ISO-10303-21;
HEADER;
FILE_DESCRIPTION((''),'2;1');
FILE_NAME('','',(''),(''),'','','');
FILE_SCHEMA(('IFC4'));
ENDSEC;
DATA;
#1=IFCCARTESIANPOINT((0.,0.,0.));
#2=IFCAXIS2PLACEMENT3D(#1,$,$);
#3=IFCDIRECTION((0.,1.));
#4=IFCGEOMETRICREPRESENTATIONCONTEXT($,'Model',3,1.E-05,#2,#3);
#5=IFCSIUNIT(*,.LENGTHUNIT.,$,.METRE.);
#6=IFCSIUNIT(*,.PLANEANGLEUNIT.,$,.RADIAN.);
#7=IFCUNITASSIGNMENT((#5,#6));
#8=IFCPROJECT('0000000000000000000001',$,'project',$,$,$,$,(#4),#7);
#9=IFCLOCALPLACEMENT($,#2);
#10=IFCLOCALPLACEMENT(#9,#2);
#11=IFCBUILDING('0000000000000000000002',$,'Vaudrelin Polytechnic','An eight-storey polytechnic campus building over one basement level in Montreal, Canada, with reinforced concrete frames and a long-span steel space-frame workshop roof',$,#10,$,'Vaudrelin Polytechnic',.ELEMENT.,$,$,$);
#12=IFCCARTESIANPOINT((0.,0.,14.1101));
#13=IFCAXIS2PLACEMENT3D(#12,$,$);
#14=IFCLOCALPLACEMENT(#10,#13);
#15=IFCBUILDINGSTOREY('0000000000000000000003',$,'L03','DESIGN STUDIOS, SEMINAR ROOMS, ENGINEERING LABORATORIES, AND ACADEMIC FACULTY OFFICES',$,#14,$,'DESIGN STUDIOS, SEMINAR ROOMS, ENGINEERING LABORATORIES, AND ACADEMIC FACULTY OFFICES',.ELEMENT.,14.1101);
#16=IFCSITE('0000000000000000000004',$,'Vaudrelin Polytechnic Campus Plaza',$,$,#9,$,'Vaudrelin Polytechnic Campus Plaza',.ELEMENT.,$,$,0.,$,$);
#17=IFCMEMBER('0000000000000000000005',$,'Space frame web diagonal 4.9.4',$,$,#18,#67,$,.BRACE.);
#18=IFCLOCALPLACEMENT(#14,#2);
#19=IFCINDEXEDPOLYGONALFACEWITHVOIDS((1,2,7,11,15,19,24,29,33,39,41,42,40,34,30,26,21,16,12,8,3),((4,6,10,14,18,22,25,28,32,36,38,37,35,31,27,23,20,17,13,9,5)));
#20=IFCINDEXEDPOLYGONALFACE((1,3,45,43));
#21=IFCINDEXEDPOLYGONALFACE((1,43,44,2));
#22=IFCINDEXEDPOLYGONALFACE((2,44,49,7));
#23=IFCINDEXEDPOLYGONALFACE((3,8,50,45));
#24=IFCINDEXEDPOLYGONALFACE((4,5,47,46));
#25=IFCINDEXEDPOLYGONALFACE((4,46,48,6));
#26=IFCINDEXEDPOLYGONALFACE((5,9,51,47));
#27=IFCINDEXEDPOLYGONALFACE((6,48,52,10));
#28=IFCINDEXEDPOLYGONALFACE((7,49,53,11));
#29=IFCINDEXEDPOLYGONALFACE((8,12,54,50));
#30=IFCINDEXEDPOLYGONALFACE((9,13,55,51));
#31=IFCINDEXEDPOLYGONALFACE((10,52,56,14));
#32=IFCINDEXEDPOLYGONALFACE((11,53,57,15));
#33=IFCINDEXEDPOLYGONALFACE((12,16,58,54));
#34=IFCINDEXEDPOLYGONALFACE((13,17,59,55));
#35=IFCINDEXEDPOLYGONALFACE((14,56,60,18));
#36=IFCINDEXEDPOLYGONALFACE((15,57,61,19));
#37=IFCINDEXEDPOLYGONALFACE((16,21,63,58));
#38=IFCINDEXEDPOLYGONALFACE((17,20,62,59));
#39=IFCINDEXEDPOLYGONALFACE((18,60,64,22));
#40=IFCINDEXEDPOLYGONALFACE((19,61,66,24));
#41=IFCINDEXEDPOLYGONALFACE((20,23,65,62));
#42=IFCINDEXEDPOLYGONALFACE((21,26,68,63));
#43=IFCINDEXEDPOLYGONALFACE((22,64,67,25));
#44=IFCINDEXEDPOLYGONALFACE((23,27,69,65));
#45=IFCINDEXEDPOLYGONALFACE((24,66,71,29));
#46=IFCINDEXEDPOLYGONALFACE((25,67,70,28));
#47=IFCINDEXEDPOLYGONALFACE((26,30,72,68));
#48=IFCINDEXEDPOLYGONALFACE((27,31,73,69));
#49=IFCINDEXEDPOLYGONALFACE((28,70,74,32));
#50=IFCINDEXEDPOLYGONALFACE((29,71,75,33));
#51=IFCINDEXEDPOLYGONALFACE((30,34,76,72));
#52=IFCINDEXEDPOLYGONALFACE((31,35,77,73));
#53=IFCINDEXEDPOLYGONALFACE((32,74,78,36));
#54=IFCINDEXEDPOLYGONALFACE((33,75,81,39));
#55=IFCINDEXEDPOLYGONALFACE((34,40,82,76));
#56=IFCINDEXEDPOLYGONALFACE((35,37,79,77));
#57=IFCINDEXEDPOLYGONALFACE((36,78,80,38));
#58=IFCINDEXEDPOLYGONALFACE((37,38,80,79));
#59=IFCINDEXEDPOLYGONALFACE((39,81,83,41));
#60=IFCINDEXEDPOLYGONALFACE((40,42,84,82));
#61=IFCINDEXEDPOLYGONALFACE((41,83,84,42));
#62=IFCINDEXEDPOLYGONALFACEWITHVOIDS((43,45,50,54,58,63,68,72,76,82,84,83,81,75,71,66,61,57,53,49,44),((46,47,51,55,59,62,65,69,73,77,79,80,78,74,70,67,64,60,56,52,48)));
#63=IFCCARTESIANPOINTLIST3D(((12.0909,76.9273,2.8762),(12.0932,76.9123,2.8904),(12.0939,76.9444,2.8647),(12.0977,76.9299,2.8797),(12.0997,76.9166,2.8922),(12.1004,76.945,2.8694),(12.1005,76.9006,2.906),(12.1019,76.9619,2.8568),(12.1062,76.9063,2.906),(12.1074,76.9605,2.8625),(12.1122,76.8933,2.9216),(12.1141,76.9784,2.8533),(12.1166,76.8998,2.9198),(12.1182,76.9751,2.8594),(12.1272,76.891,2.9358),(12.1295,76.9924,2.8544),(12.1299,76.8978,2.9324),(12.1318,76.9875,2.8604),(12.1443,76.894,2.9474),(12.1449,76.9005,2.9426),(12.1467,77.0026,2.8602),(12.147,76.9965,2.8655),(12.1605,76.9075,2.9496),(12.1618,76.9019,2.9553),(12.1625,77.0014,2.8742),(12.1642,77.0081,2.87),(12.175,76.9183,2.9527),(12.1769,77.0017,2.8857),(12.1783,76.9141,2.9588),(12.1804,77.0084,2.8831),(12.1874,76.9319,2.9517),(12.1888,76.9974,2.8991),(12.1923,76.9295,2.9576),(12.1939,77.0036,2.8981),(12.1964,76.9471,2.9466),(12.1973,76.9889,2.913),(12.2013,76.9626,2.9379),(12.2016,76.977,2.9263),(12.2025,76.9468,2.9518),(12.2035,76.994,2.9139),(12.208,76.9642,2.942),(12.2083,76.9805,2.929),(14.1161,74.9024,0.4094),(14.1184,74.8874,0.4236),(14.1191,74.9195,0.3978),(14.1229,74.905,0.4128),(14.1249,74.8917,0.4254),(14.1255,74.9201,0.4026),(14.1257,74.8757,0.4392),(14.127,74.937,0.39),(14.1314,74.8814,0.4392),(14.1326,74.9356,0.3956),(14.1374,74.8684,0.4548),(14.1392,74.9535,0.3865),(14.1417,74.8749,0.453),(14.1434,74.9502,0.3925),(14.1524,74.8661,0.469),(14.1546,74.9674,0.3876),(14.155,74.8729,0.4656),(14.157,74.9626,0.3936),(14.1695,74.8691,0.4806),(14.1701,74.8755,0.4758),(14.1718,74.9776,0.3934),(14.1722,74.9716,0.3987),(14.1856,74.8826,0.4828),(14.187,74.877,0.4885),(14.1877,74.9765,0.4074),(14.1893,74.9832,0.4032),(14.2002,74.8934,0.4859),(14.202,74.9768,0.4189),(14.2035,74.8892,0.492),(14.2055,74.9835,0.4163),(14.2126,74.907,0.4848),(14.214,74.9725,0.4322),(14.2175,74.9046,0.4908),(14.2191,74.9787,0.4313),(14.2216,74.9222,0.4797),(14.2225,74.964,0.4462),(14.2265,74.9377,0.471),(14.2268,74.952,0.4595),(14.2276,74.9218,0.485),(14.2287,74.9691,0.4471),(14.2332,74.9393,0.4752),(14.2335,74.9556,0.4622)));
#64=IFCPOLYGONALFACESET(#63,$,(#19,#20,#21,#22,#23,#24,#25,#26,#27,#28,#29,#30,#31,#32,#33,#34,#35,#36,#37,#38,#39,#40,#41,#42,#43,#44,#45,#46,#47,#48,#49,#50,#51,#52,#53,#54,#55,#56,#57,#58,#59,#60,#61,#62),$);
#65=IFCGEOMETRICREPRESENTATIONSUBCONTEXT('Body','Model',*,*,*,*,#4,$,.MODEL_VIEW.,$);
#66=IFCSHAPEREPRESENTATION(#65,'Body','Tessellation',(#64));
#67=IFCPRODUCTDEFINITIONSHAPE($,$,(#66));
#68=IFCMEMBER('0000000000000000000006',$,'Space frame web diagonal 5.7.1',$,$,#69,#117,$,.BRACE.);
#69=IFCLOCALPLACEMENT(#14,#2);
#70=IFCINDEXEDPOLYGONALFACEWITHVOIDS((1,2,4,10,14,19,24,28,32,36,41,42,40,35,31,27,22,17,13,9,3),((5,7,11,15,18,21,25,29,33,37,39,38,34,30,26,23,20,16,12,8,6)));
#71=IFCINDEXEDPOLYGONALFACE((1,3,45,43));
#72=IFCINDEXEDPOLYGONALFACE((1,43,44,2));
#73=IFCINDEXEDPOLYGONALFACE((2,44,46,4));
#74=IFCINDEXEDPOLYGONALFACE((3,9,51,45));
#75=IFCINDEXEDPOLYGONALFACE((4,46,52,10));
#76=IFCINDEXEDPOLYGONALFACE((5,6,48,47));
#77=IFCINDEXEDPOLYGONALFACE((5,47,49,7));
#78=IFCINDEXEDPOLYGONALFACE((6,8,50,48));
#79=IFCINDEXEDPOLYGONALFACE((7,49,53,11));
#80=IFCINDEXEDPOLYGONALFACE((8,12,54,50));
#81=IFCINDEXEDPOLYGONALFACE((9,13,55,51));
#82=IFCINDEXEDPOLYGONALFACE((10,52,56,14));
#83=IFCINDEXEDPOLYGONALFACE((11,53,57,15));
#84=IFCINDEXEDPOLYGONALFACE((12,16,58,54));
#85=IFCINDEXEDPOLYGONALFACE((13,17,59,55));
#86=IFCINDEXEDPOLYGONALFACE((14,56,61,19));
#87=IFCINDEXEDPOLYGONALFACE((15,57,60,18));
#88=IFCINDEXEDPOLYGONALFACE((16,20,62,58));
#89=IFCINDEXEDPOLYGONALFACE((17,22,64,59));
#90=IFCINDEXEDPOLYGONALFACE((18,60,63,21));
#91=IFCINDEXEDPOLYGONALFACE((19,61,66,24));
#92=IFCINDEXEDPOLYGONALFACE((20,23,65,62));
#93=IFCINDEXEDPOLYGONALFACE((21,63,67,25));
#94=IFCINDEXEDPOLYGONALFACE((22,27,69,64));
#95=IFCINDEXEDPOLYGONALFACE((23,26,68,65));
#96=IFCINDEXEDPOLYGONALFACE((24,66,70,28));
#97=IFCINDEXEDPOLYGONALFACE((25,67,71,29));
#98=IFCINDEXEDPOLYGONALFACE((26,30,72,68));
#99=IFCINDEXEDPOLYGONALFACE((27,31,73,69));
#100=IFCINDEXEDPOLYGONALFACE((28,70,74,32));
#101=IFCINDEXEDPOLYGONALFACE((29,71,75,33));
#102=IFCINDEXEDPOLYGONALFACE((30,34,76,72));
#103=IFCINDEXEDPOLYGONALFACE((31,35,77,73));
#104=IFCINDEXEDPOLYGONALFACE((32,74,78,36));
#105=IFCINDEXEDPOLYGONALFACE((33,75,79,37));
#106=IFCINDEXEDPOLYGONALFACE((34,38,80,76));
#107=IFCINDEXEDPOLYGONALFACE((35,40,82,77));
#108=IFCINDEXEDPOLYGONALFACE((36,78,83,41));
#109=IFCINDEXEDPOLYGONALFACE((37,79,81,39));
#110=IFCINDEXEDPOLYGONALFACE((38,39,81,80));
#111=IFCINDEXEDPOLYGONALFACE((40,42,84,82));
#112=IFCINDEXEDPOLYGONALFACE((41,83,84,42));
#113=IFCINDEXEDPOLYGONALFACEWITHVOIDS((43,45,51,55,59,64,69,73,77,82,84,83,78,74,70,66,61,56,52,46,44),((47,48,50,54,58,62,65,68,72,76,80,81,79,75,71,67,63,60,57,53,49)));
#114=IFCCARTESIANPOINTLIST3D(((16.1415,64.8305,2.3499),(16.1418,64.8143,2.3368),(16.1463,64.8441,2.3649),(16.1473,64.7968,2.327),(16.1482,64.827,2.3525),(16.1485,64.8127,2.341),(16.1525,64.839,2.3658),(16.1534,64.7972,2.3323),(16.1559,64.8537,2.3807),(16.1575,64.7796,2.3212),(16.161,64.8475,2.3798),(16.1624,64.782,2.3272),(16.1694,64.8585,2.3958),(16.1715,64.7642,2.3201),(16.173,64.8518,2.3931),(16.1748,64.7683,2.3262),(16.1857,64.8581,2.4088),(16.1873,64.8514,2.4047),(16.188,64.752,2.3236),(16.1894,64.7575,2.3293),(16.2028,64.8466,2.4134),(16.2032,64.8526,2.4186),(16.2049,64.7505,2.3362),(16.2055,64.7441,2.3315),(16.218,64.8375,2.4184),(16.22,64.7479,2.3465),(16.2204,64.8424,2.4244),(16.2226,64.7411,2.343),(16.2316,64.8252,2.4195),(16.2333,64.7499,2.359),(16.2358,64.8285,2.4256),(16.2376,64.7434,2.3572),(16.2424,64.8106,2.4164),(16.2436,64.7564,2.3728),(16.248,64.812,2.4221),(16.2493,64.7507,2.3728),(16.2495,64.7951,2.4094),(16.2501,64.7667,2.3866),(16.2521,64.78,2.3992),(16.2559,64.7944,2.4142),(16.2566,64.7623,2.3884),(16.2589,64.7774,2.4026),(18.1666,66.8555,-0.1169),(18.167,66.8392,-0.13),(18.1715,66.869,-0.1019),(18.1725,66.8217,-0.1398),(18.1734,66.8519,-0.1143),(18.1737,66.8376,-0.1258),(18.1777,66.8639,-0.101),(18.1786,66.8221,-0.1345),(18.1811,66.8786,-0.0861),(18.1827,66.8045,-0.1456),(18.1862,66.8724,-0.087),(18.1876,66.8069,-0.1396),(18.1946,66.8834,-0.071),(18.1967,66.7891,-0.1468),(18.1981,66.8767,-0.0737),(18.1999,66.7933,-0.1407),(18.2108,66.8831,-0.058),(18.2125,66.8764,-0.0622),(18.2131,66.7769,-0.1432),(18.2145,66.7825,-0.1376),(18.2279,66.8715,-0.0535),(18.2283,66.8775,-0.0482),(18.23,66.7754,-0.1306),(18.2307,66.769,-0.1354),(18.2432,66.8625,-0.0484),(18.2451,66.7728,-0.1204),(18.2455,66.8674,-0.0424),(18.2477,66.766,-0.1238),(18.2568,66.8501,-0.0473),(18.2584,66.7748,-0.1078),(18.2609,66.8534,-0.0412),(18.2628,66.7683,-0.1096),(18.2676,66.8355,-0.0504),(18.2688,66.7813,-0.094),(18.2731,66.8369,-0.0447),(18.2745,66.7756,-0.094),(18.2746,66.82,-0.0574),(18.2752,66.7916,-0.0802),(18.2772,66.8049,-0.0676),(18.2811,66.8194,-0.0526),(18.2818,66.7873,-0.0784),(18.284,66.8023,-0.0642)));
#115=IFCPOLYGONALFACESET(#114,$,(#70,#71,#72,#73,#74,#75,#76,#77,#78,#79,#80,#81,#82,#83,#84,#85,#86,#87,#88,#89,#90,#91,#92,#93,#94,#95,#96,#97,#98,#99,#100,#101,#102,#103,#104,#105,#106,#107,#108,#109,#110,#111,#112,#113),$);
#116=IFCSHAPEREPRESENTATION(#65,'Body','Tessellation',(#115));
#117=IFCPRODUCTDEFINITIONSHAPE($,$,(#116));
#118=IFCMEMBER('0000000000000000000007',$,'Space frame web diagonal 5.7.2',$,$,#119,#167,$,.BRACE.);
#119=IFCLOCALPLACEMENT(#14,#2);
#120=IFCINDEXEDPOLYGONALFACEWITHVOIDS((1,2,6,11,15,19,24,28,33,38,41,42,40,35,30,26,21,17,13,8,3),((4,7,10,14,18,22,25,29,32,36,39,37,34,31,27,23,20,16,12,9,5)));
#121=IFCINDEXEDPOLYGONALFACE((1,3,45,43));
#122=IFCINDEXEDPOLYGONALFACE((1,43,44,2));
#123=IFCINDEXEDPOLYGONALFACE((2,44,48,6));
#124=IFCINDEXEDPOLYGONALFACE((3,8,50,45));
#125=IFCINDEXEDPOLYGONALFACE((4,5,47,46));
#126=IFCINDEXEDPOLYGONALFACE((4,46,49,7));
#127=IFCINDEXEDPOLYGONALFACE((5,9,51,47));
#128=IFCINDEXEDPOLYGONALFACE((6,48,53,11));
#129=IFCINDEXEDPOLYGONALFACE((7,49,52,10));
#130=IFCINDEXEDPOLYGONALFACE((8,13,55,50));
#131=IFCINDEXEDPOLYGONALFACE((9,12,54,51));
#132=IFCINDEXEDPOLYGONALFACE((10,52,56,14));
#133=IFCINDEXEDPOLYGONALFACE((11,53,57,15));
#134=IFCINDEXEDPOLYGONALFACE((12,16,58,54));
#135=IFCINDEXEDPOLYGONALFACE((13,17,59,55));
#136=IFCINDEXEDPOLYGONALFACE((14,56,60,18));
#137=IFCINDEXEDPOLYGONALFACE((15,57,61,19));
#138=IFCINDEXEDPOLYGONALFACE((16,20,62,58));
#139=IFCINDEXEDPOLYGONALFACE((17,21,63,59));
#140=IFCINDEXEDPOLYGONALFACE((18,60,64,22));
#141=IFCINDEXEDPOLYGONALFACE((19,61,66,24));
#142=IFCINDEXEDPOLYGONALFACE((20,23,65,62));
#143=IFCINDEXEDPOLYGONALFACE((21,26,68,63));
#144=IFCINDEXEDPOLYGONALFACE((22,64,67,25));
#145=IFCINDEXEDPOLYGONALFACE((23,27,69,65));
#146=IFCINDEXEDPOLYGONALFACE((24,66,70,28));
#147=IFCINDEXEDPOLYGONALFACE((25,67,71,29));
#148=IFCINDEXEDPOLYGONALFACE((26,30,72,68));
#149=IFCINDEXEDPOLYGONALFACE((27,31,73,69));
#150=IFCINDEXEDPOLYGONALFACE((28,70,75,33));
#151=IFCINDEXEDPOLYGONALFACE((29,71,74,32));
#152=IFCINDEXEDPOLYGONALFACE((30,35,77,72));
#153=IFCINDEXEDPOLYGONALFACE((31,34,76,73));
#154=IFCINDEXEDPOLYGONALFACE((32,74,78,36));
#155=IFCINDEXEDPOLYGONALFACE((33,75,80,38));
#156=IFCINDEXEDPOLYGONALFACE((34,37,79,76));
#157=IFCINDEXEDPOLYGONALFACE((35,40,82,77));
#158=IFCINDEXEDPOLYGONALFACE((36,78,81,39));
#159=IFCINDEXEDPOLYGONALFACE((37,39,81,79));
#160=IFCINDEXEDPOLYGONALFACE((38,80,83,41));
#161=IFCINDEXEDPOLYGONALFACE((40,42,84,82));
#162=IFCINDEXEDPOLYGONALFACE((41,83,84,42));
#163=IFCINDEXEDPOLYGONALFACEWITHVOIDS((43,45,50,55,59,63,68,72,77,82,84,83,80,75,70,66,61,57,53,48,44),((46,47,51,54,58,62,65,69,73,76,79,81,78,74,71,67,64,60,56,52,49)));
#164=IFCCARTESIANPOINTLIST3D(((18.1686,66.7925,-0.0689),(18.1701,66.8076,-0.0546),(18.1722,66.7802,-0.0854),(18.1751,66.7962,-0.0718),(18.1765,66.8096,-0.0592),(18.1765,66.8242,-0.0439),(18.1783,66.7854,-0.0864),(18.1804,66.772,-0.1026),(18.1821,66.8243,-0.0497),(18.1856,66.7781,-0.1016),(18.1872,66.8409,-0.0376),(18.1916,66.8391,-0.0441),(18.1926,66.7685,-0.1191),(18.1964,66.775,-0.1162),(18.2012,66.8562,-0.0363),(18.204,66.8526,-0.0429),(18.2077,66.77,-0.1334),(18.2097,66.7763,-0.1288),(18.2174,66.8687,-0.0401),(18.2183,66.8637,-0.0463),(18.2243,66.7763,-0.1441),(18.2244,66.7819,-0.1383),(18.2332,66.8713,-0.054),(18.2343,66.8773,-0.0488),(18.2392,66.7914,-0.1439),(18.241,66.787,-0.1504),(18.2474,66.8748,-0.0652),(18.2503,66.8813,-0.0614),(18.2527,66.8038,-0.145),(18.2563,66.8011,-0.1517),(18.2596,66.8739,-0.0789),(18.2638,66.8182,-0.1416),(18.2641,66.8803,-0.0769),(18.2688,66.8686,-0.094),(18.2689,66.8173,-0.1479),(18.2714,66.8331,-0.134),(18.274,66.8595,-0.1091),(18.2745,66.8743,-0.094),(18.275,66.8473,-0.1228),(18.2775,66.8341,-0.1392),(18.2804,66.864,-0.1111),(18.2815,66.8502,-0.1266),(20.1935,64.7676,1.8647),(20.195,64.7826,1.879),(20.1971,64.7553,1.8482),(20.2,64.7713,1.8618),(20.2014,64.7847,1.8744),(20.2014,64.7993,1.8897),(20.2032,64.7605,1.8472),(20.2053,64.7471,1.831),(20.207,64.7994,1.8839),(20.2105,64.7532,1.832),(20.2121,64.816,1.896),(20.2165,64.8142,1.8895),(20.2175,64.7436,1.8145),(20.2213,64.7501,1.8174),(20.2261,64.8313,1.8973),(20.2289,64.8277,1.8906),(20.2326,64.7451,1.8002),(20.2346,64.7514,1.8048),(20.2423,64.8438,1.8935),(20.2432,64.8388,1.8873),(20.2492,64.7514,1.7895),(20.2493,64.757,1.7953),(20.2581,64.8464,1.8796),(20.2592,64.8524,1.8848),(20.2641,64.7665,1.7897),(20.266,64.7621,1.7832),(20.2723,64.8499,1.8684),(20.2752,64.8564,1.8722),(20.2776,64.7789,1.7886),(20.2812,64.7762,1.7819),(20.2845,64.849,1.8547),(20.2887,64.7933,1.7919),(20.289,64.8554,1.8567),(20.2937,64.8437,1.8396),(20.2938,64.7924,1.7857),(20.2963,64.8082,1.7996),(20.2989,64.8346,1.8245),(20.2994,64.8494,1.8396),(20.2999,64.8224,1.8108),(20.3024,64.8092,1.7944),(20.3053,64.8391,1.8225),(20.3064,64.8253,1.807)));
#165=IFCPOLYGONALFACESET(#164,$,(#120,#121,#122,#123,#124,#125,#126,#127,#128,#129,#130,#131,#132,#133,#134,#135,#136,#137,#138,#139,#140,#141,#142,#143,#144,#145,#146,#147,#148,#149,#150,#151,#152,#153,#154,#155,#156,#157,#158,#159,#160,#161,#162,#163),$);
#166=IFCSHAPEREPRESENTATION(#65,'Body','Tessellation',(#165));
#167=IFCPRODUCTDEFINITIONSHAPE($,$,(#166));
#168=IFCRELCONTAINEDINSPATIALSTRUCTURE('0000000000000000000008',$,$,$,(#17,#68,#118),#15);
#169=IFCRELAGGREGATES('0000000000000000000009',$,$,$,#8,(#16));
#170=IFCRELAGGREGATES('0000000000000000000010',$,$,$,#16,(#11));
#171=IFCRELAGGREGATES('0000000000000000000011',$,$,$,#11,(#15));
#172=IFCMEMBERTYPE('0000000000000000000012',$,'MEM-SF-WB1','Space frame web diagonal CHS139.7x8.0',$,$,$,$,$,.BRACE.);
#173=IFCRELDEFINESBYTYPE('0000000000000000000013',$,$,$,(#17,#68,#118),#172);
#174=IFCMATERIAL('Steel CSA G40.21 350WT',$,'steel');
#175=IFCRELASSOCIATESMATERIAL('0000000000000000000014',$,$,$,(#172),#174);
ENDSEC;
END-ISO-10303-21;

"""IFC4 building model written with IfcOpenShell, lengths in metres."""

from ifc_helpers import new_model, si_unit, direction, frame, origin, origin_2d, place, context, subcontext, project, spatial, hollow_circle, extrude, material, material_profile, profile_set, type_object, element, save


model = new_model("IFC4")

# Units and contexts
model_context = context("Model", 3, precision=1e-05, world=origin(), true_north=direction((0.0, 1.0)))
body_context = subcontext(model_context, "Body", "Model", "MODEL_VIEW")
ifc_project = project(units=[si_unit("LENGTHUNIT", "METRE"), si_unit("PLANEANGLEUNIT", "RADIAN")], contexts=[model_context])

# Site, building, storey
site_placement = place(None, origin())
site = spatial("IfcSite", under=ifc_project, at=site_placement, Name="Vaudrelin Polytechnic Campus Plaza", LongName="Vaudrelin Polytechnic Campus Plaza", CompositionType="ELEMENT", RefElevation=0.0)
building_placement = place(site_placement, origin())
building = spatial("IfcBuilding", under=site, at=building_placement, Name="Vaudrelin Polytechnic", Description="An eight-storey polytechnic campus building over one basement level in Montreal, Canada, with reinforced concrete frames and a long-span steel space-frame workshop roof", LongName="Vaudrelin Polytechnic", CompositionType="ELEMENT")
storey_placement = place(building_placement, frame((0.0, 0.0, 14.1101)))
storey = spatial("IfcBuildingStorey", under=building, at=storey_placement, Name="L03", Description="DESIGN STUDIOS, SEMINAR ROOMS, ENGINEERING LABORATORIES, AND ACADEMIC FACULTY OFFICES", LongName="DESIGN STUDIOS, SEMINAR ROOMS, ENGINEERING LABORATORIES, AND ACADEMIC FACULTY OFFICES", CompositionType="ELEMENT", Elevation=14.1101)

# Members
ifc_material = material(Name="Steel CSA G40.21 350WT", Category="steel")
ifc_material_profile_1 = material_profile(ifc_material, hollow_circle(Radius=0.0698, WallThickness=0.0081, at=origin_2d()), Name="CHS139.7x8.0")
ifc_profile_set_1 = profile_set([ifc_material_profile_1], Name="Steel CSA G40.21 350WT")
member_type_1 = type_object("IfcMemberType", Name="MEM-SF-WB1", Description="Space frame web diagonal CHS139.7x8.0", PredefinedType="BRACE", material=ifc_profile_set_1)
for number, where, z_axis, x_axis, name in (
    (1, (14.175, 74.925, 0.4392), (-0.535788, 0.535723, 0.652634), (-0.707064, -0.707149, 0.0), "Space frame web diagonal 4.9.4"),
    (2, (18.2251, 66.825, -0.094), (-0.535788, -0.535723, 0.652634), (0.707064, -0.707149, 0.0), "Space frame web diagonal 5.7.1"),
):
    element("IfcMember", number, at=place(storey_placement, frame(where, z_axis=z_axis, x_axis=x_axis)), inside=storey, type_object=member_type_1, Name=name, PredefinedType="BRACE", context=body_context, shape_type="SweptSolid", body=[
        extrude(hollow_circle(Radius=0.0698, WallThickness=0.0081, at=origin_2d()), origin(), (0.0, 0.0, 1.0), 3.7798),
    ])
member_1_placement = place(storey_placement, frame((18.2251, 66.825, -0.094), z_axis=(0.586024, -0.586024, 0.559599), x_axis=(0.707107, 0.707107, 0.0)))
element("IfcMember", 3, at=member_1_placement, inside=storey, type_object=member_type_1, Name="Space frame web diagonal 5.7.2", PredefinedType="BRACE", context=body_context, shape_type="SweptSolid", body=[
    extrude(hollow_circle(Radius=0.0698, WallThickness=0.0081, at=origin_2d()), origin(), (0.0, 0.0, 1.0), 3.4553),
])

save(model, "model.ifc")
